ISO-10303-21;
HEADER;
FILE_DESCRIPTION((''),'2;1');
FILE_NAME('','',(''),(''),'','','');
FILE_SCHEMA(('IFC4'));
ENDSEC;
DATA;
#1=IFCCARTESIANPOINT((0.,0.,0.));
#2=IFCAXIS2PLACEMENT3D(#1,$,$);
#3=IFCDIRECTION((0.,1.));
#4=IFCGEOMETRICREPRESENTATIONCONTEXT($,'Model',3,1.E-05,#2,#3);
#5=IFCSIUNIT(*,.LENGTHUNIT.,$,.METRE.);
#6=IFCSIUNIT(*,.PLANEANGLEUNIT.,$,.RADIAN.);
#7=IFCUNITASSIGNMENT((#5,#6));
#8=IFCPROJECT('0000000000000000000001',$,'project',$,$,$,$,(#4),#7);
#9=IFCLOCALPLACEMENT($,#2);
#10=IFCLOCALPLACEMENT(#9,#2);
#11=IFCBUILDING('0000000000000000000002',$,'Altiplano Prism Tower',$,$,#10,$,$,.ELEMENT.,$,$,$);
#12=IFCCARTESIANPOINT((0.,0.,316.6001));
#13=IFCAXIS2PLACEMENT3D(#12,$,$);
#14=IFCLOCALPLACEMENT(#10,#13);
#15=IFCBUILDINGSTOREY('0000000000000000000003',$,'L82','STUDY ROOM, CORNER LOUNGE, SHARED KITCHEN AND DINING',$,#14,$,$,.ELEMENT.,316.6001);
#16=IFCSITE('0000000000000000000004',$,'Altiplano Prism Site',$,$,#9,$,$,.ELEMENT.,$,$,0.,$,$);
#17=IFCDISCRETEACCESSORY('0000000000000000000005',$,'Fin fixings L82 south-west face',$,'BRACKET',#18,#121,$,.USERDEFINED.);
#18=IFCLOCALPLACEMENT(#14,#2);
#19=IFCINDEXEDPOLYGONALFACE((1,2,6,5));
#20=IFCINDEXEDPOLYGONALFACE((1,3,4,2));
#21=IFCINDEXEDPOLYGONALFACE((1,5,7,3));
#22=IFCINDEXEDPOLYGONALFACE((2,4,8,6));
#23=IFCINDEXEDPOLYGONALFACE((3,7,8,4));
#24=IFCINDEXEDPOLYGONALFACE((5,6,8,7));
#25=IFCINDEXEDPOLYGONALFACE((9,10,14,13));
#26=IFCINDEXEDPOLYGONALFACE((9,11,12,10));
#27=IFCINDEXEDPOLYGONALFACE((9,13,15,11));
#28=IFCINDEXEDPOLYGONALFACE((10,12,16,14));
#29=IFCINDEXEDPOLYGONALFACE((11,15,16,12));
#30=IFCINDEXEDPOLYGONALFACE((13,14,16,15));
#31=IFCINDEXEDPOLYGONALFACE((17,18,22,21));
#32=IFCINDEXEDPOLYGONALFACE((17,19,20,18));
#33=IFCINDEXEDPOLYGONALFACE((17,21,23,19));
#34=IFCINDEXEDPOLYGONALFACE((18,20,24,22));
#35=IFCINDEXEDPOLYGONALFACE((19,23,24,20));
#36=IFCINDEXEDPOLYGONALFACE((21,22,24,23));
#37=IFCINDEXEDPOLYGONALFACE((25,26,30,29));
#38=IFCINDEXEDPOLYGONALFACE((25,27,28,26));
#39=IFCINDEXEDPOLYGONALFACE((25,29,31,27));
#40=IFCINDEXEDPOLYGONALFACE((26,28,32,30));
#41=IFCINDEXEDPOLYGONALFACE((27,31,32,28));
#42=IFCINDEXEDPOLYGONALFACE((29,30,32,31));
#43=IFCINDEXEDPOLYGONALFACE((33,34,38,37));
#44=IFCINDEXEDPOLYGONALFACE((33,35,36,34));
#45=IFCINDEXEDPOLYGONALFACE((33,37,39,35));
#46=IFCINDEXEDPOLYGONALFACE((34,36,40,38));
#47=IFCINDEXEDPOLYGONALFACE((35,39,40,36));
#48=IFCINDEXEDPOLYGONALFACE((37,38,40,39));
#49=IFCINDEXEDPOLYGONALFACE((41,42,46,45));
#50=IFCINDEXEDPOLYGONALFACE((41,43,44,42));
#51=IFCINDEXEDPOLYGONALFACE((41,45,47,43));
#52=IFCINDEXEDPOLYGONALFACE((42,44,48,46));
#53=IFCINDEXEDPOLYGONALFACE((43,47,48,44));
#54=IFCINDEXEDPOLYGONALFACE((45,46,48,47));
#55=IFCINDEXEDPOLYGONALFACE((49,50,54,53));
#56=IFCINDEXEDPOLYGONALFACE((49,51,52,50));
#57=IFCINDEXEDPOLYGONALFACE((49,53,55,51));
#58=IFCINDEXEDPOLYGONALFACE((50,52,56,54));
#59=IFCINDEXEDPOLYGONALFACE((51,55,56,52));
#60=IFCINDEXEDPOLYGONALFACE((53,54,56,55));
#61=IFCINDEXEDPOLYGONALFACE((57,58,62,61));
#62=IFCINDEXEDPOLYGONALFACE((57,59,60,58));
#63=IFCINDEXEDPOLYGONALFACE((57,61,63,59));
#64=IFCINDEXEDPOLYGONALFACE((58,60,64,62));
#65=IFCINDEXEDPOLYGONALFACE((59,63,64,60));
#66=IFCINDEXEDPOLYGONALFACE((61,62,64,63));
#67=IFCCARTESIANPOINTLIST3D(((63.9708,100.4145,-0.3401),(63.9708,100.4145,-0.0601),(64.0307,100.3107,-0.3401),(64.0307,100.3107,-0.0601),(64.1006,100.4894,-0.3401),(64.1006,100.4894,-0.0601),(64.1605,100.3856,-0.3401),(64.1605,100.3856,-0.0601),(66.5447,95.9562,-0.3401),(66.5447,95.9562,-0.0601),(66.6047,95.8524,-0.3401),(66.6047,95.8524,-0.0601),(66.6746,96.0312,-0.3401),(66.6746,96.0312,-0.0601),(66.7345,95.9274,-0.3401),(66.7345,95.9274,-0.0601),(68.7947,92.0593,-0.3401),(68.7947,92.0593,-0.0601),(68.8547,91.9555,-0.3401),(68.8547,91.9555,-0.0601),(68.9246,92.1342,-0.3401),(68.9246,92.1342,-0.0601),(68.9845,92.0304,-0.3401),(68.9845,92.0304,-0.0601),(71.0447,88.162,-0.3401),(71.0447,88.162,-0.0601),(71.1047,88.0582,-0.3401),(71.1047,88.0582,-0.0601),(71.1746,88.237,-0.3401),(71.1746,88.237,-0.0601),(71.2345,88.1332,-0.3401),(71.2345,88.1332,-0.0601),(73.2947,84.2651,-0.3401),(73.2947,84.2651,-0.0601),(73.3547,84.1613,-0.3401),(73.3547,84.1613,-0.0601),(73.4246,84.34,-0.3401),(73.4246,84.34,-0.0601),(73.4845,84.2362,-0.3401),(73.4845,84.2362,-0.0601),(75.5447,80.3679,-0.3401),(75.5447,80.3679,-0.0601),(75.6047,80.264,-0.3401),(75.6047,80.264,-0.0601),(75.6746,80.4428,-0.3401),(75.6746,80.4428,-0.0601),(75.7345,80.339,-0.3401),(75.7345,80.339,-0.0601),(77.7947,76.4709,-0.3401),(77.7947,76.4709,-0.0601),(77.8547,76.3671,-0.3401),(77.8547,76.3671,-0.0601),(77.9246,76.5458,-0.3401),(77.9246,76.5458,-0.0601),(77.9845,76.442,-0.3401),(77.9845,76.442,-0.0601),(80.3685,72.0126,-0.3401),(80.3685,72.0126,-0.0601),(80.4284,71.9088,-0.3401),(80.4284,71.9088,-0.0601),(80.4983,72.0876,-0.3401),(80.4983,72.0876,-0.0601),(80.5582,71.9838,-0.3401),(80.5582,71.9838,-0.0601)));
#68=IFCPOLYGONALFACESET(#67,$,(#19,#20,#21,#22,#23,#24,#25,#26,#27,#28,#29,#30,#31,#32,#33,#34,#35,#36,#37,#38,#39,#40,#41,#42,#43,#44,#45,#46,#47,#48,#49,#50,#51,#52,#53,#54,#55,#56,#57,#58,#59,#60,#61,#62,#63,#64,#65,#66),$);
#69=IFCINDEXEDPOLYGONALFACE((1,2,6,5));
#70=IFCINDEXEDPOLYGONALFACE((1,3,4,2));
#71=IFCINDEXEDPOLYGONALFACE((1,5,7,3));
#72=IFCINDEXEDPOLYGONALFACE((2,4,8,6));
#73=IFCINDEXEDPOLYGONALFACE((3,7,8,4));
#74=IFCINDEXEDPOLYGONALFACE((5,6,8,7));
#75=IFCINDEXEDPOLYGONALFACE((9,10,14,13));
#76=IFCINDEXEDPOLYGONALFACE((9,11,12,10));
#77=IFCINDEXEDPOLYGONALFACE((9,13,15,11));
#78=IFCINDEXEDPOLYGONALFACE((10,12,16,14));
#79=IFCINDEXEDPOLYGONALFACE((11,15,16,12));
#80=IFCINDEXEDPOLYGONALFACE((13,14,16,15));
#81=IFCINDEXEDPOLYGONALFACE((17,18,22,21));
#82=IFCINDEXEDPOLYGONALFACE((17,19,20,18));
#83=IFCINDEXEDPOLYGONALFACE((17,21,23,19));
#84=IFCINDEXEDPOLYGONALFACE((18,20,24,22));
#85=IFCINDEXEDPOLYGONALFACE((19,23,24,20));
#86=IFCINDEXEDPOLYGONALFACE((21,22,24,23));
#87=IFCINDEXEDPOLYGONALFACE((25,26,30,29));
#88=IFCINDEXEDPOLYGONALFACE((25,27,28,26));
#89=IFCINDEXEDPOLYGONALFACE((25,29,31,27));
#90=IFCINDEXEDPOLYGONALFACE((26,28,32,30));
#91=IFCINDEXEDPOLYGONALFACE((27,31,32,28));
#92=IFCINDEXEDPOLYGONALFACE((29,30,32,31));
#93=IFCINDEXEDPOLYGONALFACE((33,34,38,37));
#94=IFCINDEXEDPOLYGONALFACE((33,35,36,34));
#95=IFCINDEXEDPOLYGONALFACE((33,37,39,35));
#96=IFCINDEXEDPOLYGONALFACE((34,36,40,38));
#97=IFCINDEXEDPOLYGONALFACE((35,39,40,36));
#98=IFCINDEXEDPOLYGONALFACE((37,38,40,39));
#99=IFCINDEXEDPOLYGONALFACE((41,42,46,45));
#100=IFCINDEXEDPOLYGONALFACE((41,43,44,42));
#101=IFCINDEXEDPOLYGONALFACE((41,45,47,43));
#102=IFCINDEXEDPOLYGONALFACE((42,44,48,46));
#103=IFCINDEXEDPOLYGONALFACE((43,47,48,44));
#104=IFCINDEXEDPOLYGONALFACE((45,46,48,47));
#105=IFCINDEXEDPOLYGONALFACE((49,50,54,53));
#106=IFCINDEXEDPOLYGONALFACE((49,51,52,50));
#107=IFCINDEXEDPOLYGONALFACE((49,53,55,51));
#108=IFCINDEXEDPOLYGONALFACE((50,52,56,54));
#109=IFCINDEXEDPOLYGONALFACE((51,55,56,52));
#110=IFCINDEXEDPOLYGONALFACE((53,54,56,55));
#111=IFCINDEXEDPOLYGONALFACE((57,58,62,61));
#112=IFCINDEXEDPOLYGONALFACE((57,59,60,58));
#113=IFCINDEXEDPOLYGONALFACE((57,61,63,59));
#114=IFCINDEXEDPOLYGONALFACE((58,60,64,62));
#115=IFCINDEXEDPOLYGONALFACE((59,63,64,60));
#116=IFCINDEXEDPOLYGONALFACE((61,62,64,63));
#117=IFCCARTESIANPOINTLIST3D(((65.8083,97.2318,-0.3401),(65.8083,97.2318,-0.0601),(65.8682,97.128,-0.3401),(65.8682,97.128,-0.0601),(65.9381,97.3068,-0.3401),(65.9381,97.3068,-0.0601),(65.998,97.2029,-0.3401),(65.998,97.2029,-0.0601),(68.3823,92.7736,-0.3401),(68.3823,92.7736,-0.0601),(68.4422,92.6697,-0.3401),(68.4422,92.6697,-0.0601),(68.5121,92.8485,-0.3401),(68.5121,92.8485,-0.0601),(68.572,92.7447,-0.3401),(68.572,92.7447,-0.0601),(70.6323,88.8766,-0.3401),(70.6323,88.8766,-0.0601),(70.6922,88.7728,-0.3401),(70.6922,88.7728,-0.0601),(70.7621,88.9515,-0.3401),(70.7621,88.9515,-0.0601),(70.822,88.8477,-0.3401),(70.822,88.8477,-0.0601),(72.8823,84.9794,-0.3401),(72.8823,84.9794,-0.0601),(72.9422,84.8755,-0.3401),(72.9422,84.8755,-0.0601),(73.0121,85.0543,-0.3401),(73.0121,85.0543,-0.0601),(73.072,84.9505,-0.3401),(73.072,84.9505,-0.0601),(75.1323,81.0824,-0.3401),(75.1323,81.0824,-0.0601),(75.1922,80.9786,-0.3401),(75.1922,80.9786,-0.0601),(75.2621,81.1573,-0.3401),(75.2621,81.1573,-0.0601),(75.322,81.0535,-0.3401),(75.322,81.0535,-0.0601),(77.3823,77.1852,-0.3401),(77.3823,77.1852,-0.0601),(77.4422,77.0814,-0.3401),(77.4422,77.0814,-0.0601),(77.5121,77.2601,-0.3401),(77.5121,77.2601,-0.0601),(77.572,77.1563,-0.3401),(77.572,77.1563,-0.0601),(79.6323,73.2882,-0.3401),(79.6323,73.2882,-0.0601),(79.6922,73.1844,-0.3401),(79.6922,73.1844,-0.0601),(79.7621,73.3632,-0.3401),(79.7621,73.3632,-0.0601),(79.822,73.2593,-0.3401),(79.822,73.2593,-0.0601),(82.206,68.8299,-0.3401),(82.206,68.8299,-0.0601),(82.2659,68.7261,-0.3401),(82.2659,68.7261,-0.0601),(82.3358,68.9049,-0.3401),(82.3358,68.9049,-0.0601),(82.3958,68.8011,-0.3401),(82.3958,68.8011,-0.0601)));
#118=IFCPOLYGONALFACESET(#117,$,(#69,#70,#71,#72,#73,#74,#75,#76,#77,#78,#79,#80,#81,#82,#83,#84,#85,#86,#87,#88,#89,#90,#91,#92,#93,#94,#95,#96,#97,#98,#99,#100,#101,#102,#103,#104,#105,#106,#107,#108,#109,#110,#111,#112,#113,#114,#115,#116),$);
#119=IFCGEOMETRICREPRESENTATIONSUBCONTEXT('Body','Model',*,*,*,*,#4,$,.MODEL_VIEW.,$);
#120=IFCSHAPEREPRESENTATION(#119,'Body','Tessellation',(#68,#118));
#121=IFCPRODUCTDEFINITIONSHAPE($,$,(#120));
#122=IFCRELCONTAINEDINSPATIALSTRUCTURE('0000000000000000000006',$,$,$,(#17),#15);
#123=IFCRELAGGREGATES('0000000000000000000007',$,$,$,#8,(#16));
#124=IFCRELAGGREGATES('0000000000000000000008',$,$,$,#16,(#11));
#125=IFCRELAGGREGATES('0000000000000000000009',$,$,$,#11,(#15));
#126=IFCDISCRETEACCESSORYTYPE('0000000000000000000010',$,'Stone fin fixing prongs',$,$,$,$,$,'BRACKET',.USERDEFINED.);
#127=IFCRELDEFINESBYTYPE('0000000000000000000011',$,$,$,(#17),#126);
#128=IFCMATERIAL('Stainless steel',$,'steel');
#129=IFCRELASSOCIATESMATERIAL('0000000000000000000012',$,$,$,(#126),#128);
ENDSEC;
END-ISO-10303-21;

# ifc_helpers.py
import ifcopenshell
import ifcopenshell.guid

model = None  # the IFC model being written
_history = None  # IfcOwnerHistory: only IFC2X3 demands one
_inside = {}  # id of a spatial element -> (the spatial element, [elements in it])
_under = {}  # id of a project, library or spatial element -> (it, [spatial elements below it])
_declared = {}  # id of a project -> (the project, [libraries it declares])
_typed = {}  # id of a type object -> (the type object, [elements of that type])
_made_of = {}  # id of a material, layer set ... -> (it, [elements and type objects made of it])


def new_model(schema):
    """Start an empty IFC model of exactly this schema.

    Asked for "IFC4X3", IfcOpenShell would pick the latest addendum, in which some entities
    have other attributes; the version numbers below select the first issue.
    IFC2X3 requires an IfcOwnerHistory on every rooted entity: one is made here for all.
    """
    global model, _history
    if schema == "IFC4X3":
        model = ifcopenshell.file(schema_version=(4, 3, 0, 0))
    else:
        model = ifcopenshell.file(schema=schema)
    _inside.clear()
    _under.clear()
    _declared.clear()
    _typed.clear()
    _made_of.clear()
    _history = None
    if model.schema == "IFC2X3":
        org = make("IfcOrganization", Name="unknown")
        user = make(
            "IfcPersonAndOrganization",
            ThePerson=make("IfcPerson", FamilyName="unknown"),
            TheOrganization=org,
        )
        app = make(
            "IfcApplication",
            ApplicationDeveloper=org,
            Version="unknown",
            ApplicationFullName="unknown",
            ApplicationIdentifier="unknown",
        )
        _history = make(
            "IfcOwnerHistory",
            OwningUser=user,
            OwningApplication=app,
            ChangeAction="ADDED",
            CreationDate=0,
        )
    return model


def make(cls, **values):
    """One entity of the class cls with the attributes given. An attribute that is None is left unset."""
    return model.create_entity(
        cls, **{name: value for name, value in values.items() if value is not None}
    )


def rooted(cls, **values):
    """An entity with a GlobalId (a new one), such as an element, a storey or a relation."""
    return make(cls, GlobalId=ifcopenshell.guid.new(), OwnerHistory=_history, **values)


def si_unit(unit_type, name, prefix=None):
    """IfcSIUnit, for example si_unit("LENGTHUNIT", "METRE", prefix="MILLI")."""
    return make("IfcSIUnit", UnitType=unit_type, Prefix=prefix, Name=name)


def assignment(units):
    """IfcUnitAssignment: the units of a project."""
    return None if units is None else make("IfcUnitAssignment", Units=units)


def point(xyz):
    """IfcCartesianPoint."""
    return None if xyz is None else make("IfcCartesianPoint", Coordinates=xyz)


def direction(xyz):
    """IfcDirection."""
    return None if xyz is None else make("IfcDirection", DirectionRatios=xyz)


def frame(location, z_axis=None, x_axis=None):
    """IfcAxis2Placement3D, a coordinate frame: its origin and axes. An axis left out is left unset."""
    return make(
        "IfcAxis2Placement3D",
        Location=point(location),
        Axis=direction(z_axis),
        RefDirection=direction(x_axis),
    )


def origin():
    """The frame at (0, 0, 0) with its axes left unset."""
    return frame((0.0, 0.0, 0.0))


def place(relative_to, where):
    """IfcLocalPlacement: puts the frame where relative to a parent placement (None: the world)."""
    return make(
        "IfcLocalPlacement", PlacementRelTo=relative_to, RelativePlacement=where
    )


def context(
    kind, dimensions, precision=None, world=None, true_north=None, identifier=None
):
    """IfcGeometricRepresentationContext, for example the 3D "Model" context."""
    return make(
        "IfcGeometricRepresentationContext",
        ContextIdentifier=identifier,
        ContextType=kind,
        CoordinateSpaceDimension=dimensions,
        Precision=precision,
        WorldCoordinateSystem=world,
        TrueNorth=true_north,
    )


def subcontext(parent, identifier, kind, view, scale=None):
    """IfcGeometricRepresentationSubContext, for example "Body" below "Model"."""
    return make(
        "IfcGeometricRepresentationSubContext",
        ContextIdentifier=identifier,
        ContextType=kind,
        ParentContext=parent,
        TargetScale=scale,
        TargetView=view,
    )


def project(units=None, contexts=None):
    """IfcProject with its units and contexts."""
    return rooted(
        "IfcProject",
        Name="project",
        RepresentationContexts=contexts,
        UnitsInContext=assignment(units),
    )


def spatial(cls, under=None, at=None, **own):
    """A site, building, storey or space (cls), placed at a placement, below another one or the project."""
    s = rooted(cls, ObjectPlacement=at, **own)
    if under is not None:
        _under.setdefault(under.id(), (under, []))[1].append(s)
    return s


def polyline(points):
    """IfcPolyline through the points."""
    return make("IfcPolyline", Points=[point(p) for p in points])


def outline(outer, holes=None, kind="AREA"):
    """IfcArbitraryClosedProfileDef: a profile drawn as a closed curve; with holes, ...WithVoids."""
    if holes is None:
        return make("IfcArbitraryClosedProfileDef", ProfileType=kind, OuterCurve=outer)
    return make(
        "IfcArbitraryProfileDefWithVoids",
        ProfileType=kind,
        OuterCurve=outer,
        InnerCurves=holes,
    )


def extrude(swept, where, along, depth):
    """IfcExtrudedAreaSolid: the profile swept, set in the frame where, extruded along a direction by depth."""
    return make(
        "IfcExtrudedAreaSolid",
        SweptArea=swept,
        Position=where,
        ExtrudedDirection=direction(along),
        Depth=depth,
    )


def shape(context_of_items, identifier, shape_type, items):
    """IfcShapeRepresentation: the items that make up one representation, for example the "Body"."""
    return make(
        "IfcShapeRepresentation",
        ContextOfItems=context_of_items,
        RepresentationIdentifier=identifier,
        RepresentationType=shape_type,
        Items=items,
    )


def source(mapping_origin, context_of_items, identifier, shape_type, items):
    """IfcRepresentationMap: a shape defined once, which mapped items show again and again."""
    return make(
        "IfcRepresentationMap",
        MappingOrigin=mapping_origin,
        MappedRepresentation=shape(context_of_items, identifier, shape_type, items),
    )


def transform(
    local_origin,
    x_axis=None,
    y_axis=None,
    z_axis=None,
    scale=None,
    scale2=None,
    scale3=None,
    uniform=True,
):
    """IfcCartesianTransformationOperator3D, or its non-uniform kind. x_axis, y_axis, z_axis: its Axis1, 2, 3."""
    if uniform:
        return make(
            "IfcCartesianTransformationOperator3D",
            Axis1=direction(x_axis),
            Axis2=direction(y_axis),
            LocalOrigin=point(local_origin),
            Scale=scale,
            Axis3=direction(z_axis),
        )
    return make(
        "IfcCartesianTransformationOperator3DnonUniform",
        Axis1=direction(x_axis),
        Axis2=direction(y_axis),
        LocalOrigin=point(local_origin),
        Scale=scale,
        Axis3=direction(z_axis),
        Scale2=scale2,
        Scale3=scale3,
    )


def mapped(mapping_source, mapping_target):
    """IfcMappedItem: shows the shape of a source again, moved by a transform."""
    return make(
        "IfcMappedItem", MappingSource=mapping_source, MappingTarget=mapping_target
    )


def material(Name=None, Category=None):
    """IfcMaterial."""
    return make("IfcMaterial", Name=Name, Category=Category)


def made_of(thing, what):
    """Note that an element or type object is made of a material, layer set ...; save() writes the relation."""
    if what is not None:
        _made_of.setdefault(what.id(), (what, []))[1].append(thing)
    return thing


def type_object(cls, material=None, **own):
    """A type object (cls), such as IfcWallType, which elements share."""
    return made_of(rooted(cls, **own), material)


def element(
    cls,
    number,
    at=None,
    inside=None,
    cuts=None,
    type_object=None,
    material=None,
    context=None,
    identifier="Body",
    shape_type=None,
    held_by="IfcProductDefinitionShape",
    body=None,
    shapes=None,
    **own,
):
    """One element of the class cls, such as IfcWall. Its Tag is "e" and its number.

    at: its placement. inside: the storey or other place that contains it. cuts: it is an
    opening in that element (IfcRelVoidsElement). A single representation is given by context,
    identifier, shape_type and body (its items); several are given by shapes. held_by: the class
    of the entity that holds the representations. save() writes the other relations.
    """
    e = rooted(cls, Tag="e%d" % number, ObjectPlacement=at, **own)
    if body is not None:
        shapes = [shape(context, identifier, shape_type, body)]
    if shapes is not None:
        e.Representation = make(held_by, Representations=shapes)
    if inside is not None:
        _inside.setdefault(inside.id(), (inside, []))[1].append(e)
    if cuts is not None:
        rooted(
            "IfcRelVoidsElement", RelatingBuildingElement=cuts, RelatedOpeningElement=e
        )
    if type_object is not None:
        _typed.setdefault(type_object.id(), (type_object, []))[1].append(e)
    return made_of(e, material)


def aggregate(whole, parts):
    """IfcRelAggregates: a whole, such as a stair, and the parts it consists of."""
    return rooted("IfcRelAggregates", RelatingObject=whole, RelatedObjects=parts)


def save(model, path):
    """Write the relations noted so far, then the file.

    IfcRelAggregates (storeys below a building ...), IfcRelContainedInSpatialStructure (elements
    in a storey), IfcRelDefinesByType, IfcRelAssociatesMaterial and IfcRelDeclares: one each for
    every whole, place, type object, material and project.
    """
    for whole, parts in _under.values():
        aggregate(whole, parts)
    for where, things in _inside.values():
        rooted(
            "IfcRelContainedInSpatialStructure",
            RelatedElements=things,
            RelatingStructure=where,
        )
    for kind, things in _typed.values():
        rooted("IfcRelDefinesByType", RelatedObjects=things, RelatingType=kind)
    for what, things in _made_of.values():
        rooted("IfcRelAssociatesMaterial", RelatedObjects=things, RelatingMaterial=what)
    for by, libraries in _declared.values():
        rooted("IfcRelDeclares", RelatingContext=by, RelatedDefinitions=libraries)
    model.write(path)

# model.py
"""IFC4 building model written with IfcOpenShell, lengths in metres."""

from ifc_helpers import new_model, si_unit, direction, frame, origin, place, context, subcontext, project, spatial, polyline, outline, extrude, source, transform, mapped, material, type_object, element, save


model = new_model("IFC4")

# Units and contexts
model_context = context("Model", 3, precision=1e-05, world=origin(), true_north=direction((0.0, 1.0)))
body_context = subcontext(model_context, "Body", "Model", "MODEL_VIEW")
ifc_project = project(units=[si_unit("LENGTHUNIT", "METRE"), si_unit("PLANEANGLEUNIT", "RADIAN")], contexts=[model_context])

# Site, building, storey
site_placement = place(None, origin())
site = spatial("IfcSite", under=ifc_project, at=site_placement, Name="Altiplano Prism Site", CompositionType="ELEMENT", RefElevation=0.0)
building_placement = place(site_placement, origin())
building = spatial("IfcBuilding", under=site, at=building_placement, Name="Altiplano Prism Tower", CompositionType="ELEMENT")
storey_placement = place(building_placement, frame((0.0, 0.0, 316.6001)))
storey = spatial("IfcBuildingStorey", under=building, at=storey_placement, Name="L82", Description="STUDY ROOM, CORNER LOUNGE, SHARED KITCHEN AND DINING", CompositionType="ELEMENT", Elevation=316.6001)

# Discrete accessory
ifc_material_1 = material(Name="Stainless steel", Category="steel")
discrete_accessory_type = type_object("IfcDiscreteAccessoryType", Name="Stone fin fixing prongs", ElementType="BRACKET", PredefinedType="USERDEFINED", material=ifc_material_1)
shared_shape_1 = source(origin(), body_context, "Body", "SweptSolid", [
    extrude(outline(polyline([(-1.8975, 0.0601), (-1.7776, 0.0601), (-1.7776, 0.3401), (-1.8975, 0.3401), (-1.8975, 0.0601)])), frame((0.0, 0.0, 0.0), z_axis=(0.0, -1.0, 0.0), x_axis=(1.0, 0.0, 0.0)), (0.0, 0.0, 1.0), 0.1499),
    extrude(outline(polyline([(1.7776, 0.0601), (1.8975, 0.0601), (1.8975, 0.3401), (1.7776, 0.3401), (1.7776, 0.0601)])), frame((0.0, 0.0, 0.0), z_axis=(0.0, -1.0, 0.0), x_axis=(1.0, 0.0, 0.0)), (0.0, 0.0, 1.0), 0.1499),
])
shared_shape_2 = source(origin(), body_context, "Body", "SweptSolid", [
    extrude(outline(polyline([(-1.8975, 0.0601), (-1.7776, 0.0601), (-1.7776, 0.3401), (-1.8975, 0.3401), (-1.8975, 0.0601)])), frame((0.0, 0.0, 0.0), z_axis=(0.0, -1.0, 0.0), x_axis=(1.0, 0.0, 0.0)), (0.0, 0.0, 1.0), 0.1499),
    extrude(outline(polyline([(1.7776, 0.0601), (1.8975, 0.0601), (1.8975, 0.3401), (1.7776, 0.3401), (1.7776, 0.0601)])), frame((0.0, 0.0, 0.0), z_axis=(0.0, -1.0, 0.0), x_axis=(1.0, 0.0, 0.0)), (0.0, 0.0, 1.0), 0.1499),
])
discrete_accessory_1_placement = place(storey_placement, origin())
element("IfcDiscreteAccessory", 1, at=discrete_accessory_1_placement, inside=storey, type_object=discrete_accessory_type, Name="Fin fixings L82 south-west face", ObjectType="BRACKET", PredefinedType="USERDEFINED", context=body_context, shape_type="MappedRepresentation", body=[
    mapped(shared_shape_1, transform((65.0493, 98.8462, -0.4001), x_axis=(0.5, -0.866025, 0.0), y_axis=(0.866025, 0.5, 0.0), z_axis=(0.0, 0.0, 1.0))),
    mapped(shared_shape_2, transform((67.6233, 94.3879, -0.4001), x_axis=(0.5, -0.866025, 0.0), y_axis=(0.866025, 0.5, 0.0), z_axis=(0.0, 0.0, 1.0))),
    mapped(shared_shape_2, transform((69.8733, 90.491, -0.4001), x_axis=(0.5, -0.866025, 0.0), y_axis=(0.866025, 0.5, 0.0), z_axis=(0.0, 0.0, 1.0))),
    mapped(shared_shape_2, transform((72.1233, 86.5938, -0.4001), x_axis=(0.5, -0.866025, 0.0), y_axis=(0.866025, 0.5, 0.0), z_axis=(0.0, 0.0, 1.0))),
    mapped(shared_shape_2, transform((74.3733, 82.6968, -0.4001), x_axis=(0.5, -0.866025, 0.0), y_axis=(0.866025, 0.5, 0.0), z_axis=(0.0, 0.0, 1.0))),
    mapped(shared_shape_2, transform((76.6233, 78.7996, -0.4001), x_axis=(0.5, -0.866025, 0.0), y_axis=(0.866025, 0.5, 0.0), z_axis=(0.0, 0.0, 1.0))),
    mapped(shared_shape_2, transform((78.8733, 74.9026, -0.4001), x_axis=(0.5, -0.866025, 0.0), y_axis=(0.866025, 0.5, 0.0), z_axis=(0.0, 0.0, 1.0))),
    mapped(shared_shape_1, transform((81.447, 70.4443, -0.4001), x_axis=(0.5, -0.866025, 0.0), y_axis=(0.866025, 0.5, 0.0), z_axis=(0.0, 0.0, 1.0))),
])

save(model, "model.ifc")
